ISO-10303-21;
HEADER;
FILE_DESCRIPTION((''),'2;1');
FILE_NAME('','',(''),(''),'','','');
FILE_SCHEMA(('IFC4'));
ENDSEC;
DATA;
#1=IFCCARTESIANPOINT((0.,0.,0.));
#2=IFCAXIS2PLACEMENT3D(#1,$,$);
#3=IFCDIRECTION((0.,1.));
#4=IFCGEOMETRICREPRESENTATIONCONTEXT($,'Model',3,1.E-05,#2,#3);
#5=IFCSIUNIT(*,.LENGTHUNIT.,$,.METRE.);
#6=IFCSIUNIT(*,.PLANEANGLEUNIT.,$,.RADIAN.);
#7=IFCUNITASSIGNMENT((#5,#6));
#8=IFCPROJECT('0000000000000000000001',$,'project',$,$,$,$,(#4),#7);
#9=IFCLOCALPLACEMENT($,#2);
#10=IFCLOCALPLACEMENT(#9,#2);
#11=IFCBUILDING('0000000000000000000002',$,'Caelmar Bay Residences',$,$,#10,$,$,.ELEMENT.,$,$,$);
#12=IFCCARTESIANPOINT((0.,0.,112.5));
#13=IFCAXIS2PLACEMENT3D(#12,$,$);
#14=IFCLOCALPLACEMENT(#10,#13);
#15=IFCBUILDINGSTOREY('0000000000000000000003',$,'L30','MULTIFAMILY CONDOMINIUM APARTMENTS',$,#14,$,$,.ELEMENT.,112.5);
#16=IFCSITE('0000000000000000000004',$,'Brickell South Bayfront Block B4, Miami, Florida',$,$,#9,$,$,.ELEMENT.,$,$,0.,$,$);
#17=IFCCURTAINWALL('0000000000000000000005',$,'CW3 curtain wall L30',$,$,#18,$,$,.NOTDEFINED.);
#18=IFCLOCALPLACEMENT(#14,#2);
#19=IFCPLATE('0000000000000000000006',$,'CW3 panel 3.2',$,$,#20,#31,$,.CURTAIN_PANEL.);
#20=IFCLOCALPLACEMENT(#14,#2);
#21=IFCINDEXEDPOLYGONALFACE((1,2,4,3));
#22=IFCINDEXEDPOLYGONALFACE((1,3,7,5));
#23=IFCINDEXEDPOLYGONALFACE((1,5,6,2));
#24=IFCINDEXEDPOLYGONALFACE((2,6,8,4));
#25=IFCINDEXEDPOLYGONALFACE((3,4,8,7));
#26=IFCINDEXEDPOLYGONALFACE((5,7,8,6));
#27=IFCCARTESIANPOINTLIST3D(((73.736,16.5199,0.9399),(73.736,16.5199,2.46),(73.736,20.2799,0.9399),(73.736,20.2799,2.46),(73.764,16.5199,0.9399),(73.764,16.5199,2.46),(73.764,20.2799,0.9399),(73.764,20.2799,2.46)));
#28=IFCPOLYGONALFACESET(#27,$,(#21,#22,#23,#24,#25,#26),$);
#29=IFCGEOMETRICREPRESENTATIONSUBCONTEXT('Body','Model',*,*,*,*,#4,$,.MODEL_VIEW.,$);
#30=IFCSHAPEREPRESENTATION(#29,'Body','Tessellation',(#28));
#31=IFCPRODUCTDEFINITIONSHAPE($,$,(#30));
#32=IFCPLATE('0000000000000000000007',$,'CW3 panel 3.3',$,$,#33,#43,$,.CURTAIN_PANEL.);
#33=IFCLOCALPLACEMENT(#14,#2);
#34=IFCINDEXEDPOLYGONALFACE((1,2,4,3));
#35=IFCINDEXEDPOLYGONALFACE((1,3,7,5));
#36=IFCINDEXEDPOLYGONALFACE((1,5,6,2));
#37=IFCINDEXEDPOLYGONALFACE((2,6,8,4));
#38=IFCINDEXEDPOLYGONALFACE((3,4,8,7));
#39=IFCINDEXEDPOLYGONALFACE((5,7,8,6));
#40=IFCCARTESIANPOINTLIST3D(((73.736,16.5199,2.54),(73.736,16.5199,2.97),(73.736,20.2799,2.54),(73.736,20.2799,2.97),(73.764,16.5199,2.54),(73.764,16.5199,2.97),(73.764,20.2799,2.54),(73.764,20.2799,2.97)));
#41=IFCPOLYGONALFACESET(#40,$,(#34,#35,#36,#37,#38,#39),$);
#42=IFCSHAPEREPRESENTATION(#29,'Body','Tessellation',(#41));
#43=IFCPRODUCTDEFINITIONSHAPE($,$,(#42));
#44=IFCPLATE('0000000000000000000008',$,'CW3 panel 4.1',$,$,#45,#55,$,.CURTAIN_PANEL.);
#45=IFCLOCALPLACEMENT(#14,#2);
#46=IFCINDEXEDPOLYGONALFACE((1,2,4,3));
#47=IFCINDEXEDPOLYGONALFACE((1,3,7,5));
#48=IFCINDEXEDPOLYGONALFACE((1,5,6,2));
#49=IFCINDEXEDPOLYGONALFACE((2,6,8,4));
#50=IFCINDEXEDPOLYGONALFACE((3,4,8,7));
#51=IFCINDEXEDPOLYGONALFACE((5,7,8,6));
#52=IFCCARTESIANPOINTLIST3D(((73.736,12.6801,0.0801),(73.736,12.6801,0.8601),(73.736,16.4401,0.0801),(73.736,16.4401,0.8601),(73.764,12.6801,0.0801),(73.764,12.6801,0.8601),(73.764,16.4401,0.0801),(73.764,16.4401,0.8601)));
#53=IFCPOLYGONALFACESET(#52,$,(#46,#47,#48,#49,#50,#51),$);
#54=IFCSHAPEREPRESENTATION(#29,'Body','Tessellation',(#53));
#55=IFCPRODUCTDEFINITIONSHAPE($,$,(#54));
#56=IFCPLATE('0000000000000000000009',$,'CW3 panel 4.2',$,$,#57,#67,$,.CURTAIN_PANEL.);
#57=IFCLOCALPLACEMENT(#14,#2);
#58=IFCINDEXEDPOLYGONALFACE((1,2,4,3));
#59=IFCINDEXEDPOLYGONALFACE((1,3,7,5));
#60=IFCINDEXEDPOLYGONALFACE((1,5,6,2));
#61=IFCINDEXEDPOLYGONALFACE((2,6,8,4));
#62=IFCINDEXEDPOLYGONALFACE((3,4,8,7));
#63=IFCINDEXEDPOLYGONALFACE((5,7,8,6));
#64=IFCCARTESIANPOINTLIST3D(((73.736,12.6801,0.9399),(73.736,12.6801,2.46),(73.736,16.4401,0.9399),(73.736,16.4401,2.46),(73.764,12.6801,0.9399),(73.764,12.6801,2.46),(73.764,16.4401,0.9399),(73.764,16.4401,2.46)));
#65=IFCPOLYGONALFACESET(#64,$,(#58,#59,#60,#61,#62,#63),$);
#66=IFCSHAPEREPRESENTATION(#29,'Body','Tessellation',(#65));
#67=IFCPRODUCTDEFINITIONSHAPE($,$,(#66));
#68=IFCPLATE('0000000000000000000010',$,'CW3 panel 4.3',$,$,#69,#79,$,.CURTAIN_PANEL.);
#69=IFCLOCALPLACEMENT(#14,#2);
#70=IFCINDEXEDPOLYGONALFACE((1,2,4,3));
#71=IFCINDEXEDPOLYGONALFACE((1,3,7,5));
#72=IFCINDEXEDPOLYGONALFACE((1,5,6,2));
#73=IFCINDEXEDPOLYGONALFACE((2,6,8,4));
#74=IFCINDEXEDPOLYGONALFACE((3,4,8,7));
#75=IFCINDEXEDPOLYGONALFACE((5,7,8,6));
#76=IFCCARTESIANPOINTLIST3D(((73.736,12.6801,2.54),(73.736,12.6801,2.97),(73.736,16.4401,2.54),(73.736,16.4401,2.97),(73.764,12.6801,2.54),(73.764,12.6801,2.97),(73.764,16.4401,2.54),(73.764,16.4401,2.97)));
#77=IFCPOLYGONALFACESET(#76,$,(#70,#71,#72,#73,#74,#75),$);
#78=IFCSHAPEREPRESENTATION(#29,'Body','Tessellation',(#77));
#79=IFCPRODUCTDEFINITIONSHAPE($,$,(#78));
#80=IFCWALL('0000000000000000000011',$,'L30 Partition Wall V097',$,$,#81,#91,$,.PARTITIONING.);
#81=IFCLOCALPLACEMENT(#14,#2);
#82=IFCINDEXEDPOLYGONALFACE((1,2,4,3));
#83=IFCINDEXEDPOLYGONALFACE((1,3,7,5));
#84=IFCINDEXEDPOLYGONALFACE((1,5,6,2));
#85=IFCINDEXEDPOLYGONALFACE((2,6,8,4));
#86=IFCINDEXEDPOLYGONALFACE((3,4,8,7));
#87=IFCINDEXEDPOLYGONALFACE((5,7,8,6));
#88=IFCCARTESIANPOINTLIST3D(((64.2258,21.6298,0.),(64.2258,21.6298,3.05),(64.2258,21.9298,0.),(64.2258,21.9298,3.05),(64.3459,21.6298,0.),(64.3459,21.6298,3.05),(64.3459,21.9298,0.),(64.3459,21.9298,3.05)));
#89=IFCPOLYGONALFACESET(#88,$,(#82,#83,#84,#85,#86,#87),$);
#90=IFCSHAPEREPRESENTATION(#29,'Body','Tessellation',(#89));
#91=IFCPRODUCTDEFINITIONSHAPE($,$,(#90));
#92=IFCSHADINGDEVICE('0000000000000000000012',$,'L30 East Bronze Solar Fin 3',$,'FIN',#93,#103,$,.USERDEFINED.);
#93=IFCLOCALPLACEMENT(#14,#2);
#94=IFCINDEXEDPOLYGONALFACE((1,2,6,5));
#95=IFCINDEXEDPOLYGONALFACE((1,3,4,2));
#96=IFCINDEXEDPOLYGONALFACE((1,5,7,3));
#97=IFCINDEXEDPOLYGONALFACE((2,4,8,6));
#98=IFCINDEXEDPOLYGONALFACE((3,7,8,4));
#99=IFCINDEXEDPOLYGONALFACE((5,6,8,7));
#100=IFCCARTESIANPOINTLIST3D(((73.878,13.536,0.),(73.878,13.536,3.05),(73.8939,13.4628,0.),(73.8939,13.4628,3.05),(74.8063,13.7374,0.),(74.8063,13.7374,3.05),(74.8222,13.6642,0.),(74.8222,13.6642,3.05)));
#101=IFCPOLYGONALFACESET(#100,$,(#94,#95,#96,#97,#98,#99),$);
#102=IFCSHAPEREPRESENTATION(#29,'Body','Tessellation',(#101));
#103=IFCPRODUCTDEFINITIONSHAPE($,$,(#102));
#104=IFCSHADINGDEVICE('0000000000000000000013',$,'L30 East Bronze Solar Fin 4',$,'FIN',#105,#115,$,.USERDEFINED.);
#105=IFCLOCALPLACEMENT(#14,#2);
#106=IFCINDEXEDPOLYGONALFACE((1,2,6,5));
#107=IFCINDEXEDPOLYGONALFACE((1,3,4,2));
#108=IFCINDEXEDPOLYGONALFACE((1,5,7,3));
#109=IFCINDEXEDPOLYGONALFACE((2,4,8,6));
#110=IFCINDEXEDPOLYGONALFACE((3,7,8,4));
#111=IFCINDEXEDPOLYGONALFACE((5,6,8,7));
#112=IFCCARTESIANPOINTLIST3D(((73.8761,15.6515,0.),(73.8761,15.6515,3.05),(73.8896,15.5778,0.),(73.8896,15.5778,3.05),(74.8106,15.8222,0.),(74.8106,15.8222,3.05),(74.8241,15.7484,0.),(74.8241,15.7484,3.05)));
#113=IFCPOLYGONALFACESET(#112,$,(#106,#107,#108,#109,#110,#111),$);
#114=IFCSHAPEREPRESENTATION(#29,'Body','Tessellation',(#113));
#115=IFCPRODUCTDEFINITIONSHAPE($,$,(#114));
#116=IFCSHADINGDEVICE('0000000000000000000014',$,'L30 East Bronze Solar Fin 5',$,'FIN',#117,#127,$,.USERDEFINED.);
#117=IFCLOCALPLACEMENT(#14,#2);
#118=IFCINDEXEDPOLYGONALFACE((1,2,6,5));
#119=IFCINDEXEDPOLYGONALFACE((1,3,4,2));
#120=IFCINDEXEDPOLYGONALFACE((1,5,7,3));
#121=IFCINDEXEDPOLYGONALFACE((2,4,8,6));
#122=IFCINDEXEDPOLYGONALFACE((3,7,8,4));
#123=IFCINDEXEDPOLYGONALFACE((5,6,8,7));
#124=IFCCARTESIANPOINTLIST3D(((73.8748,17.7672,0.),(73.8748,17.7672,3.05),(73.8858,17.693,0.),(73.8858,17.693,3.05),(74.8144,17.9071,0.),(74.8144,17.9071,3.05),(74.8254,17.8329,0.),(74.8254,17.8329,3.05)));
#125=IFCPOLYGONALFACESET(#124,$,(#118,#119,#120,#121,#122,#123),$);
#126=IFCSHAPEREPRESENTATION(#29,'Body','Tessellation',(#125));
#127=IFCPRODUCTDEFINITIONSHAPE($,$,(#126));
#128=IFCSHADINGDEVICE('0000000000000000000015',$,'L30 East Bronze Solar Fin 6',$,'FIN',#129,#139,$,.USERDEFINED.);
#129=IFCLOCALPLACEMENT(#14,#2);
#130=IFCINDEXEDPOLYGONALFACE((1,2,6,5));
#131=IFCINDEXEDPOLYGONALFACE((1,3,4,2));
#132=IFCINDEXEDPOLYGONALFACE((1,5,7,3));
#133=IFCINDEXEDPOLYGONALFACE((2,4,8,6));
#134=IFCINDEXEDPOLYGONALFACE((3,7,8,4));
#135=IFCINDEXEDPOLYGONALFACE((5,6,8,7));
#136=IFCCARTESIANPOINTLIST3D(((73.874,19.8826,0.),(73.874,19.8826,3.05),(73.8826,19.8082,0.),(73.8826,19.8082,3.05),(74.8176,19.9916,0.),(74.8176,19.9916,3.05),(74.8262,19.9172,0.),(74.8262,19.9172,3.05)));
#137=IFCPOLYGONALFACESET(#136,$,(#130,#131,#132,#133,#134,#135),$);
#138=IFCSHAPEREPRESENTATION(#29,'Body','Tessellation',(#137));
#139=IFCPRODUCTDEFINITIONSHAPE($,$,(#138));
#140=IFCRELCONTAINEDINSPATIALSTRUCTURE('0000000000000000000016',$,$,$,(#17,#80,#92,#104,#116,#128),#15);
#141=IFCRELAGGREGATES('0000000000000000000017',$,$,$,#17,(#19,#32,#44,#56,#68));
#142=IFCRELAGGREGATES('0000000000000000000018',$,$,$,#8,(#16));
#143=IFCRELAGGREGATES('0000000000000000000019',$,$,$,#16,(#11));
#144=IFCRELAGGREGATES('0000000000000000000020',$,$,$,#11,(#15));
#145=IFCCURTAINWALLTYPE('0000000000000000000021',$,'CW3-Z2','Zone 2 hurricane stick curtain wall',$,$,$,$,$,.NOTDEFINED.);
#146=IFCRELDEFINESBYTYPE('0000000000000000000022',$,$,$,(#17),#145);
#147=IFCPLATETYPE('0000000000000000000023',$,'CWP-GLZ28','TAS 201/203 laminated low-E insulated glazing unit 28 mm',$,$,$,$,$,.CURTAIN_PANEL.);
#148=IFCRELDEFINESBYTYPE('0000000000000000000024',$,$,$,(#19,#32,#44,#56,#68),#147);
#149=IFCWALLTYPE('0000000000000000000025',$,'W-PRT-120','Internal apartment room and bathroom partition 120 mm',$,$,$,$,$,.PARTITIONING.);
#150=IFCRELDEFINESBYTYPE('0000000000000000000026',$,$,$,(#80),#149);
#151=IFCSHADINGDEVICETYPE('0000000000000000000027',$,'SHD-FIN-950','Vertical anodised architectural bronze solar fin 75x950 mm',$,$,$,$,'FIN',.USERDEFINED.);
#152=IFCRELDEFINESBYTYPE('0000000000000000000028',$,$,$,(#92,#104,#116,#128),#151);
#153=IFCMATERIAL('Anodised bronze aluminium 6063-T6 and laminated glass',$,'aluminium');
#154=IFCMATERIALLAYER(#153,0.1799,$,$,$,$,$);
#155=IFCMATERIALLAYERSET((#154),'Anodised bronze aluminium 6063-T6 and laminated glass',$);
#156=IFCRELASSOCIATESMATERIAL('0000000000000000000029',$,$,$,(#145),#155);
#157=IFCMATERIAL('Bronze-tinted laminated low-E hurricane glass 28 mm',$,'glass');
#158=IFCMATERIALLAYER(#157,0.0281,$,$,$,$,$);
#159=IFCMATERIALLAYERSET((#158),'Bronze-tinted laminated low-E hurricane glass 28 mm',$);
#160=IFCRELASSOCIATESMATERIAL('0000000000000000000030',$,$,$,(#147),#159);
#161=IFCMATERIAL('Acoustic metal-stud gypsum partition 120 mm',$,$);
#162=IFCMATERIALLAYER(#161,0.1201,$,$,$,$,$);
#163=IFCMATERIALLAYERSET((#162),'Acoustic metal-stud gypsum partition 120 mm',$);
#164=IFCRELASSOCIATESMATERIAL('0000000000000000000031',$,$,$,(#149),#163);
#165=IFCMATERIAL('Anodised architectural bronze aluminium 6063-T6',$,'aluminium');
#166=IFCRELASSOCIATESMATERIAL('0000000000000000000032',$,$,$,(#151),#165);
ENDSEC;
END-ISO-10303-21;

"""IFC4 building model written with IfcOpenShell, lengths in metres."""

from ifc_helpers import new_model, si_unit, direction, frame, frame_2d, origin, origin_2d, place, context, subcontext, project, spatial, rectangle, extrude, material, layer, layer_set, material_profile, profile_set, type_object, element, aggregate, save


model = new_model("IFC4")

# Units and contexts
model_context = context("Model", 3, precision=1e-05, world=origin(), true_north=direction((0.0, 1.0)))
body_context = subcontext(model_context, "Body", "Model", "MODEL_VIEW")
ifc_project = project(units=[si_unit("LENGTHUNIT", "METRE"), si_unit("PLANEANGLEUNIT", "RADIAN")], contexts=[model_context])

# Site, building, storey
site_placement = place(None, origin())
site = spatial("IfcSite", under=ifc_project, at=site_placement, Name="Brickell South Bayfront Block B4, Miami, Florida", CompositionType="ELEMENT", RefElevation=0.0)
building_placement = place(site_placement, origin())
building = spatial("IfcBuilding", under=site, at=building_placement, Name="Caelmar Bay Residences", CompositionType="ELEMENT")
storey_placement = place(building_placement, frame((0.0, 0.0, 112.5)))
storey = spatial("IfcBuildingStorey", under=building, at=storey_placement, Name="L30", Description="MULTIFAMILY CONDOMINIUM APARTMENTS", CompositionType="ELEMENT", Elevation=112.5)

# Curtain wall, plates
ifc_material_1 = material(Name="Anodised bronze aluminium 6063-T6 and laminated glass", Category="aluminium")
ifc_layer_1 = layer(ifc_material_1, 0.1799)
ifc_layer_set_1 = layer_set([ifc_layer_1], Name="Anodised bronze aluminium 6063-T6 and laminated glass")
curtain_wall_type = type_object("IfcCurtainWallType", Name="CW3-Z2", Description="Zone 2 hurricane stick curtain wall", PredefinedType="NOTDEFINED", material=ifc_layer_set_1)
curtain_wall_placement = place(storey_placement, origin())
curtain_wall = element("IfcCurtainWall", 1, at=curtain_wall_placement, inside=storey, type_object=curtain_wall_type, Name="CW3 curtain wall L30", PredefinedType="NOTDEFINED")
ifc_material_2 = material(Name="Bronze-tinted laminated low-E hurricane glass 28 mm", Category="glass")
ifc_layer_2 = layer(ifc_material_2, 0.0281)
ifc_layer_set_2 = layer_set([ifc_layer_2], Name="Bronze-tinted laminated low-E hurricane glass 28 mm")
plate_type = type_object("IfcPlateType", Name="CWP-GLZ28", Description="TAS 201/203 laminated low-E insulated glazing unit 28 mm", PredefinedType="CURTAIN_PANEL", material=ifc_layer_set_2)
plate_1_placement = place(storey_placement, frame((73.75, 18.3999, 0.9399), z_axis=(0.0, 0.0, 1.0), x_axis=(0.0, -1.0, 0.0)))
plate_1 = element("IfcPlate", 2, at=plate_1_placement, type_object=plate_type, Name="CW3 panel 3.2", PredefinedType="CURTAIN_PANEL", context=body_context, shape_type="SweptSolid", body=[
    extrude(rectangle(XDim=3.76, YDim=0.0281, at=origin_2d()), origin(), (0.0, 0.0, 1.0), 1.52),
])
plate_2_placement = place(storey_placement, frame((73.75, 18.3999, 2.54), z_axis=(0.0, 0.0, 1.0), x_axis=(0.0, -1.0, 0.0)))
plate_2 = element("IfcPlate", 3, at=plate_2_placement, type_object=plate_type, Name="CW3 panel 3.3", PredefinedType="CURTAIN_PANEL", context=body_context, shape_type="SweptSolid", body=[
    extrude(rectangle(XDim=3.76, YDim=0.0281, at=origin_2d()), origin(), (0.0, 0.0, 1.0), 0.4299),
])
plate_3_placement = place(storey_placement, frame((73.75, 14.5601, 0.0801), z_axis=(0.0, 0.0, 1.0), x_axis=(0.0, -1.0, 0.0)))
plate_3 = element("IfcPlate", 4, at=plate_3_placement, type_object=plate_type, Name="CW3 panel 4.1", PredefinedType="CURTAIN_PANEL", context=body_context, shape_type="SweptSolid", body=[
    extrude(rectangle(XDim=3.76, YDim=0.0281, at=origin_2d()), origin(), (0.0, 0.0, 1.0), 0.78),
])
plate_4_placement = place(storey_placement, frame((73.75, 14.5601, 0.9399), z_axis=(0.0, 0.0, 1.0), x_axis=(0.0, -1.0, 0.0)))
plate_4 = element("IfcPlate", 5, at=plate_4_placement, type_object=plate_type, Name="CW3 panel 4.2", PredefinedType="CURTAIN_PANEL", context=body_context, shape_type="SweptSolid", body=[
    extrude(rectangle(XDim=3.76, YDim=0.0281, at=origin_2d()), origin(), (0.0, 0.0, 1.0), 1.52),
])
plate_5_placement = place(storey_placement, frame((73.75, 14.5601, 2.54), z_axis=(0.0, 0.0, 1.0), x_axis=(0.0, -1.0, 0.0)))
plate_5 = element("IfcPlate", 6, at=plate_5_placement, type_object=plate_type, Name="CW3 panel 4.3", PredefinedType="CURTAIN_PANEL", context=body_context, shape_type="SweptSolid", body=[
    extrude(rectangle(XDim=3.76, YDim=0.0281, at=origin_2d()), origin(), (0.0, 0.0, 1.0), 0.4299),
])
aggregate(curtain_wall, [plate_1, plate_2, plate_3, plate_4, plate_5])

# Wall
ifc_material_3 = material(Name="Acoustic metal-stud gypsum partition 120 mm")
ifc_layer_3 = layer(ifc_material_3, 0.1201)
ifc_layer_set_3 = layer_set([ifc_layer_3], Name="Acoustic metal-stud gypsum partition 120 mm")
wall_type = type_object("IfcWallType", Name="W-PRT-120", Description="Internal apartment room and bathroom partition 120 mm", PredefinedType="PARTITIONING", material=ifc_layer_set_3)
wall_placement = place(storey_placement, frame((64.2859, 21.6299, 0.0), z_axis=(0.0, 0.0, 1.0), x_axis=(0.0, 1.0, 0.0)))
element("IfcWall", 7, at=wall_placement, inside=storey, type_object=wall_type, Name="L30 Partition Wall V097", PredefinedType="PARTITIONING", context=body_context, shape_type="SweptSolid", body=[
    extrude(rectangle(XDim=0.3, YDim=0.1201, at=frame_2d((0.1499, 0.0))), origin(), (0.0, 0.0, 1.0), 3.05),
])

# Shading devices
ifc_material_4 = material(Name="Anodised architectural bronze aluminium 6063-T6", Category="aluminium")
ifc_material_profile_1 = material_profile(ifc_material_4, rectangle(XDim=0.075, YDim=0.95, at=origin_2d()), Name="BRONZE-FIN-75X950")
ifc_profile_set_1 = profile_set([ifc_material_profile_1], Name="Anodised architectural bronze aluminium 6063-T6")
shading_device_type = type_object("IfcShadingDeviceType", Name="SHD-FIN-950", Description="Vertical anodised architectural bronze solar fin 75x950 mm", ElementType="FIN", PredefinedType="USERDEFINED", material=ifc_profile_set_1)
for number, where, z_axis, x_axis, name in (
    (8, (74.3501, 13.6001, 0.0), (0.0, 0.0, 1.0), (-0.212007, 0.977268, 0.0), "L30 East Bronze Solar Fin 3"),
    (9, (74.3501, 15.7, 0.0), (0.0, 0.0, 1.0), (-0.179661, 0.983729, 0.0), "L30 East Bronze Solar Fin 4"),
    (10, (74.3501, 17.8, 0.0), (0.0, 0.0, 1.0), (-0.147292, 0.989093, 0.0), "L30 East Bronze Solar Fin 5"),
    (11, (74.3501, 19.8999, 0.0), (0.0, 0.0, 1.0), (-0.114764, 0.993393, 0.0), "L30 East Bronze Solar Fin 6"),
):
    element("IfcShadingDevice", number, at=place(storey_placement, frame(where, z_axis=z_axis, x_axis=x_axis)), inside=storey, type_object=shading_device_type, Name=name, ObjectType="FIN", PredefinedType="USERDEFINED", context=body_context, shape_type="SweptSolid", body=[
        extrude(rectangle(XDim=0.075, YDim=0.95, at=origin_2d()), origin(), (0.0, 0.0, 1.0), 3.05),
    ])

save(model, "model.ifc")
